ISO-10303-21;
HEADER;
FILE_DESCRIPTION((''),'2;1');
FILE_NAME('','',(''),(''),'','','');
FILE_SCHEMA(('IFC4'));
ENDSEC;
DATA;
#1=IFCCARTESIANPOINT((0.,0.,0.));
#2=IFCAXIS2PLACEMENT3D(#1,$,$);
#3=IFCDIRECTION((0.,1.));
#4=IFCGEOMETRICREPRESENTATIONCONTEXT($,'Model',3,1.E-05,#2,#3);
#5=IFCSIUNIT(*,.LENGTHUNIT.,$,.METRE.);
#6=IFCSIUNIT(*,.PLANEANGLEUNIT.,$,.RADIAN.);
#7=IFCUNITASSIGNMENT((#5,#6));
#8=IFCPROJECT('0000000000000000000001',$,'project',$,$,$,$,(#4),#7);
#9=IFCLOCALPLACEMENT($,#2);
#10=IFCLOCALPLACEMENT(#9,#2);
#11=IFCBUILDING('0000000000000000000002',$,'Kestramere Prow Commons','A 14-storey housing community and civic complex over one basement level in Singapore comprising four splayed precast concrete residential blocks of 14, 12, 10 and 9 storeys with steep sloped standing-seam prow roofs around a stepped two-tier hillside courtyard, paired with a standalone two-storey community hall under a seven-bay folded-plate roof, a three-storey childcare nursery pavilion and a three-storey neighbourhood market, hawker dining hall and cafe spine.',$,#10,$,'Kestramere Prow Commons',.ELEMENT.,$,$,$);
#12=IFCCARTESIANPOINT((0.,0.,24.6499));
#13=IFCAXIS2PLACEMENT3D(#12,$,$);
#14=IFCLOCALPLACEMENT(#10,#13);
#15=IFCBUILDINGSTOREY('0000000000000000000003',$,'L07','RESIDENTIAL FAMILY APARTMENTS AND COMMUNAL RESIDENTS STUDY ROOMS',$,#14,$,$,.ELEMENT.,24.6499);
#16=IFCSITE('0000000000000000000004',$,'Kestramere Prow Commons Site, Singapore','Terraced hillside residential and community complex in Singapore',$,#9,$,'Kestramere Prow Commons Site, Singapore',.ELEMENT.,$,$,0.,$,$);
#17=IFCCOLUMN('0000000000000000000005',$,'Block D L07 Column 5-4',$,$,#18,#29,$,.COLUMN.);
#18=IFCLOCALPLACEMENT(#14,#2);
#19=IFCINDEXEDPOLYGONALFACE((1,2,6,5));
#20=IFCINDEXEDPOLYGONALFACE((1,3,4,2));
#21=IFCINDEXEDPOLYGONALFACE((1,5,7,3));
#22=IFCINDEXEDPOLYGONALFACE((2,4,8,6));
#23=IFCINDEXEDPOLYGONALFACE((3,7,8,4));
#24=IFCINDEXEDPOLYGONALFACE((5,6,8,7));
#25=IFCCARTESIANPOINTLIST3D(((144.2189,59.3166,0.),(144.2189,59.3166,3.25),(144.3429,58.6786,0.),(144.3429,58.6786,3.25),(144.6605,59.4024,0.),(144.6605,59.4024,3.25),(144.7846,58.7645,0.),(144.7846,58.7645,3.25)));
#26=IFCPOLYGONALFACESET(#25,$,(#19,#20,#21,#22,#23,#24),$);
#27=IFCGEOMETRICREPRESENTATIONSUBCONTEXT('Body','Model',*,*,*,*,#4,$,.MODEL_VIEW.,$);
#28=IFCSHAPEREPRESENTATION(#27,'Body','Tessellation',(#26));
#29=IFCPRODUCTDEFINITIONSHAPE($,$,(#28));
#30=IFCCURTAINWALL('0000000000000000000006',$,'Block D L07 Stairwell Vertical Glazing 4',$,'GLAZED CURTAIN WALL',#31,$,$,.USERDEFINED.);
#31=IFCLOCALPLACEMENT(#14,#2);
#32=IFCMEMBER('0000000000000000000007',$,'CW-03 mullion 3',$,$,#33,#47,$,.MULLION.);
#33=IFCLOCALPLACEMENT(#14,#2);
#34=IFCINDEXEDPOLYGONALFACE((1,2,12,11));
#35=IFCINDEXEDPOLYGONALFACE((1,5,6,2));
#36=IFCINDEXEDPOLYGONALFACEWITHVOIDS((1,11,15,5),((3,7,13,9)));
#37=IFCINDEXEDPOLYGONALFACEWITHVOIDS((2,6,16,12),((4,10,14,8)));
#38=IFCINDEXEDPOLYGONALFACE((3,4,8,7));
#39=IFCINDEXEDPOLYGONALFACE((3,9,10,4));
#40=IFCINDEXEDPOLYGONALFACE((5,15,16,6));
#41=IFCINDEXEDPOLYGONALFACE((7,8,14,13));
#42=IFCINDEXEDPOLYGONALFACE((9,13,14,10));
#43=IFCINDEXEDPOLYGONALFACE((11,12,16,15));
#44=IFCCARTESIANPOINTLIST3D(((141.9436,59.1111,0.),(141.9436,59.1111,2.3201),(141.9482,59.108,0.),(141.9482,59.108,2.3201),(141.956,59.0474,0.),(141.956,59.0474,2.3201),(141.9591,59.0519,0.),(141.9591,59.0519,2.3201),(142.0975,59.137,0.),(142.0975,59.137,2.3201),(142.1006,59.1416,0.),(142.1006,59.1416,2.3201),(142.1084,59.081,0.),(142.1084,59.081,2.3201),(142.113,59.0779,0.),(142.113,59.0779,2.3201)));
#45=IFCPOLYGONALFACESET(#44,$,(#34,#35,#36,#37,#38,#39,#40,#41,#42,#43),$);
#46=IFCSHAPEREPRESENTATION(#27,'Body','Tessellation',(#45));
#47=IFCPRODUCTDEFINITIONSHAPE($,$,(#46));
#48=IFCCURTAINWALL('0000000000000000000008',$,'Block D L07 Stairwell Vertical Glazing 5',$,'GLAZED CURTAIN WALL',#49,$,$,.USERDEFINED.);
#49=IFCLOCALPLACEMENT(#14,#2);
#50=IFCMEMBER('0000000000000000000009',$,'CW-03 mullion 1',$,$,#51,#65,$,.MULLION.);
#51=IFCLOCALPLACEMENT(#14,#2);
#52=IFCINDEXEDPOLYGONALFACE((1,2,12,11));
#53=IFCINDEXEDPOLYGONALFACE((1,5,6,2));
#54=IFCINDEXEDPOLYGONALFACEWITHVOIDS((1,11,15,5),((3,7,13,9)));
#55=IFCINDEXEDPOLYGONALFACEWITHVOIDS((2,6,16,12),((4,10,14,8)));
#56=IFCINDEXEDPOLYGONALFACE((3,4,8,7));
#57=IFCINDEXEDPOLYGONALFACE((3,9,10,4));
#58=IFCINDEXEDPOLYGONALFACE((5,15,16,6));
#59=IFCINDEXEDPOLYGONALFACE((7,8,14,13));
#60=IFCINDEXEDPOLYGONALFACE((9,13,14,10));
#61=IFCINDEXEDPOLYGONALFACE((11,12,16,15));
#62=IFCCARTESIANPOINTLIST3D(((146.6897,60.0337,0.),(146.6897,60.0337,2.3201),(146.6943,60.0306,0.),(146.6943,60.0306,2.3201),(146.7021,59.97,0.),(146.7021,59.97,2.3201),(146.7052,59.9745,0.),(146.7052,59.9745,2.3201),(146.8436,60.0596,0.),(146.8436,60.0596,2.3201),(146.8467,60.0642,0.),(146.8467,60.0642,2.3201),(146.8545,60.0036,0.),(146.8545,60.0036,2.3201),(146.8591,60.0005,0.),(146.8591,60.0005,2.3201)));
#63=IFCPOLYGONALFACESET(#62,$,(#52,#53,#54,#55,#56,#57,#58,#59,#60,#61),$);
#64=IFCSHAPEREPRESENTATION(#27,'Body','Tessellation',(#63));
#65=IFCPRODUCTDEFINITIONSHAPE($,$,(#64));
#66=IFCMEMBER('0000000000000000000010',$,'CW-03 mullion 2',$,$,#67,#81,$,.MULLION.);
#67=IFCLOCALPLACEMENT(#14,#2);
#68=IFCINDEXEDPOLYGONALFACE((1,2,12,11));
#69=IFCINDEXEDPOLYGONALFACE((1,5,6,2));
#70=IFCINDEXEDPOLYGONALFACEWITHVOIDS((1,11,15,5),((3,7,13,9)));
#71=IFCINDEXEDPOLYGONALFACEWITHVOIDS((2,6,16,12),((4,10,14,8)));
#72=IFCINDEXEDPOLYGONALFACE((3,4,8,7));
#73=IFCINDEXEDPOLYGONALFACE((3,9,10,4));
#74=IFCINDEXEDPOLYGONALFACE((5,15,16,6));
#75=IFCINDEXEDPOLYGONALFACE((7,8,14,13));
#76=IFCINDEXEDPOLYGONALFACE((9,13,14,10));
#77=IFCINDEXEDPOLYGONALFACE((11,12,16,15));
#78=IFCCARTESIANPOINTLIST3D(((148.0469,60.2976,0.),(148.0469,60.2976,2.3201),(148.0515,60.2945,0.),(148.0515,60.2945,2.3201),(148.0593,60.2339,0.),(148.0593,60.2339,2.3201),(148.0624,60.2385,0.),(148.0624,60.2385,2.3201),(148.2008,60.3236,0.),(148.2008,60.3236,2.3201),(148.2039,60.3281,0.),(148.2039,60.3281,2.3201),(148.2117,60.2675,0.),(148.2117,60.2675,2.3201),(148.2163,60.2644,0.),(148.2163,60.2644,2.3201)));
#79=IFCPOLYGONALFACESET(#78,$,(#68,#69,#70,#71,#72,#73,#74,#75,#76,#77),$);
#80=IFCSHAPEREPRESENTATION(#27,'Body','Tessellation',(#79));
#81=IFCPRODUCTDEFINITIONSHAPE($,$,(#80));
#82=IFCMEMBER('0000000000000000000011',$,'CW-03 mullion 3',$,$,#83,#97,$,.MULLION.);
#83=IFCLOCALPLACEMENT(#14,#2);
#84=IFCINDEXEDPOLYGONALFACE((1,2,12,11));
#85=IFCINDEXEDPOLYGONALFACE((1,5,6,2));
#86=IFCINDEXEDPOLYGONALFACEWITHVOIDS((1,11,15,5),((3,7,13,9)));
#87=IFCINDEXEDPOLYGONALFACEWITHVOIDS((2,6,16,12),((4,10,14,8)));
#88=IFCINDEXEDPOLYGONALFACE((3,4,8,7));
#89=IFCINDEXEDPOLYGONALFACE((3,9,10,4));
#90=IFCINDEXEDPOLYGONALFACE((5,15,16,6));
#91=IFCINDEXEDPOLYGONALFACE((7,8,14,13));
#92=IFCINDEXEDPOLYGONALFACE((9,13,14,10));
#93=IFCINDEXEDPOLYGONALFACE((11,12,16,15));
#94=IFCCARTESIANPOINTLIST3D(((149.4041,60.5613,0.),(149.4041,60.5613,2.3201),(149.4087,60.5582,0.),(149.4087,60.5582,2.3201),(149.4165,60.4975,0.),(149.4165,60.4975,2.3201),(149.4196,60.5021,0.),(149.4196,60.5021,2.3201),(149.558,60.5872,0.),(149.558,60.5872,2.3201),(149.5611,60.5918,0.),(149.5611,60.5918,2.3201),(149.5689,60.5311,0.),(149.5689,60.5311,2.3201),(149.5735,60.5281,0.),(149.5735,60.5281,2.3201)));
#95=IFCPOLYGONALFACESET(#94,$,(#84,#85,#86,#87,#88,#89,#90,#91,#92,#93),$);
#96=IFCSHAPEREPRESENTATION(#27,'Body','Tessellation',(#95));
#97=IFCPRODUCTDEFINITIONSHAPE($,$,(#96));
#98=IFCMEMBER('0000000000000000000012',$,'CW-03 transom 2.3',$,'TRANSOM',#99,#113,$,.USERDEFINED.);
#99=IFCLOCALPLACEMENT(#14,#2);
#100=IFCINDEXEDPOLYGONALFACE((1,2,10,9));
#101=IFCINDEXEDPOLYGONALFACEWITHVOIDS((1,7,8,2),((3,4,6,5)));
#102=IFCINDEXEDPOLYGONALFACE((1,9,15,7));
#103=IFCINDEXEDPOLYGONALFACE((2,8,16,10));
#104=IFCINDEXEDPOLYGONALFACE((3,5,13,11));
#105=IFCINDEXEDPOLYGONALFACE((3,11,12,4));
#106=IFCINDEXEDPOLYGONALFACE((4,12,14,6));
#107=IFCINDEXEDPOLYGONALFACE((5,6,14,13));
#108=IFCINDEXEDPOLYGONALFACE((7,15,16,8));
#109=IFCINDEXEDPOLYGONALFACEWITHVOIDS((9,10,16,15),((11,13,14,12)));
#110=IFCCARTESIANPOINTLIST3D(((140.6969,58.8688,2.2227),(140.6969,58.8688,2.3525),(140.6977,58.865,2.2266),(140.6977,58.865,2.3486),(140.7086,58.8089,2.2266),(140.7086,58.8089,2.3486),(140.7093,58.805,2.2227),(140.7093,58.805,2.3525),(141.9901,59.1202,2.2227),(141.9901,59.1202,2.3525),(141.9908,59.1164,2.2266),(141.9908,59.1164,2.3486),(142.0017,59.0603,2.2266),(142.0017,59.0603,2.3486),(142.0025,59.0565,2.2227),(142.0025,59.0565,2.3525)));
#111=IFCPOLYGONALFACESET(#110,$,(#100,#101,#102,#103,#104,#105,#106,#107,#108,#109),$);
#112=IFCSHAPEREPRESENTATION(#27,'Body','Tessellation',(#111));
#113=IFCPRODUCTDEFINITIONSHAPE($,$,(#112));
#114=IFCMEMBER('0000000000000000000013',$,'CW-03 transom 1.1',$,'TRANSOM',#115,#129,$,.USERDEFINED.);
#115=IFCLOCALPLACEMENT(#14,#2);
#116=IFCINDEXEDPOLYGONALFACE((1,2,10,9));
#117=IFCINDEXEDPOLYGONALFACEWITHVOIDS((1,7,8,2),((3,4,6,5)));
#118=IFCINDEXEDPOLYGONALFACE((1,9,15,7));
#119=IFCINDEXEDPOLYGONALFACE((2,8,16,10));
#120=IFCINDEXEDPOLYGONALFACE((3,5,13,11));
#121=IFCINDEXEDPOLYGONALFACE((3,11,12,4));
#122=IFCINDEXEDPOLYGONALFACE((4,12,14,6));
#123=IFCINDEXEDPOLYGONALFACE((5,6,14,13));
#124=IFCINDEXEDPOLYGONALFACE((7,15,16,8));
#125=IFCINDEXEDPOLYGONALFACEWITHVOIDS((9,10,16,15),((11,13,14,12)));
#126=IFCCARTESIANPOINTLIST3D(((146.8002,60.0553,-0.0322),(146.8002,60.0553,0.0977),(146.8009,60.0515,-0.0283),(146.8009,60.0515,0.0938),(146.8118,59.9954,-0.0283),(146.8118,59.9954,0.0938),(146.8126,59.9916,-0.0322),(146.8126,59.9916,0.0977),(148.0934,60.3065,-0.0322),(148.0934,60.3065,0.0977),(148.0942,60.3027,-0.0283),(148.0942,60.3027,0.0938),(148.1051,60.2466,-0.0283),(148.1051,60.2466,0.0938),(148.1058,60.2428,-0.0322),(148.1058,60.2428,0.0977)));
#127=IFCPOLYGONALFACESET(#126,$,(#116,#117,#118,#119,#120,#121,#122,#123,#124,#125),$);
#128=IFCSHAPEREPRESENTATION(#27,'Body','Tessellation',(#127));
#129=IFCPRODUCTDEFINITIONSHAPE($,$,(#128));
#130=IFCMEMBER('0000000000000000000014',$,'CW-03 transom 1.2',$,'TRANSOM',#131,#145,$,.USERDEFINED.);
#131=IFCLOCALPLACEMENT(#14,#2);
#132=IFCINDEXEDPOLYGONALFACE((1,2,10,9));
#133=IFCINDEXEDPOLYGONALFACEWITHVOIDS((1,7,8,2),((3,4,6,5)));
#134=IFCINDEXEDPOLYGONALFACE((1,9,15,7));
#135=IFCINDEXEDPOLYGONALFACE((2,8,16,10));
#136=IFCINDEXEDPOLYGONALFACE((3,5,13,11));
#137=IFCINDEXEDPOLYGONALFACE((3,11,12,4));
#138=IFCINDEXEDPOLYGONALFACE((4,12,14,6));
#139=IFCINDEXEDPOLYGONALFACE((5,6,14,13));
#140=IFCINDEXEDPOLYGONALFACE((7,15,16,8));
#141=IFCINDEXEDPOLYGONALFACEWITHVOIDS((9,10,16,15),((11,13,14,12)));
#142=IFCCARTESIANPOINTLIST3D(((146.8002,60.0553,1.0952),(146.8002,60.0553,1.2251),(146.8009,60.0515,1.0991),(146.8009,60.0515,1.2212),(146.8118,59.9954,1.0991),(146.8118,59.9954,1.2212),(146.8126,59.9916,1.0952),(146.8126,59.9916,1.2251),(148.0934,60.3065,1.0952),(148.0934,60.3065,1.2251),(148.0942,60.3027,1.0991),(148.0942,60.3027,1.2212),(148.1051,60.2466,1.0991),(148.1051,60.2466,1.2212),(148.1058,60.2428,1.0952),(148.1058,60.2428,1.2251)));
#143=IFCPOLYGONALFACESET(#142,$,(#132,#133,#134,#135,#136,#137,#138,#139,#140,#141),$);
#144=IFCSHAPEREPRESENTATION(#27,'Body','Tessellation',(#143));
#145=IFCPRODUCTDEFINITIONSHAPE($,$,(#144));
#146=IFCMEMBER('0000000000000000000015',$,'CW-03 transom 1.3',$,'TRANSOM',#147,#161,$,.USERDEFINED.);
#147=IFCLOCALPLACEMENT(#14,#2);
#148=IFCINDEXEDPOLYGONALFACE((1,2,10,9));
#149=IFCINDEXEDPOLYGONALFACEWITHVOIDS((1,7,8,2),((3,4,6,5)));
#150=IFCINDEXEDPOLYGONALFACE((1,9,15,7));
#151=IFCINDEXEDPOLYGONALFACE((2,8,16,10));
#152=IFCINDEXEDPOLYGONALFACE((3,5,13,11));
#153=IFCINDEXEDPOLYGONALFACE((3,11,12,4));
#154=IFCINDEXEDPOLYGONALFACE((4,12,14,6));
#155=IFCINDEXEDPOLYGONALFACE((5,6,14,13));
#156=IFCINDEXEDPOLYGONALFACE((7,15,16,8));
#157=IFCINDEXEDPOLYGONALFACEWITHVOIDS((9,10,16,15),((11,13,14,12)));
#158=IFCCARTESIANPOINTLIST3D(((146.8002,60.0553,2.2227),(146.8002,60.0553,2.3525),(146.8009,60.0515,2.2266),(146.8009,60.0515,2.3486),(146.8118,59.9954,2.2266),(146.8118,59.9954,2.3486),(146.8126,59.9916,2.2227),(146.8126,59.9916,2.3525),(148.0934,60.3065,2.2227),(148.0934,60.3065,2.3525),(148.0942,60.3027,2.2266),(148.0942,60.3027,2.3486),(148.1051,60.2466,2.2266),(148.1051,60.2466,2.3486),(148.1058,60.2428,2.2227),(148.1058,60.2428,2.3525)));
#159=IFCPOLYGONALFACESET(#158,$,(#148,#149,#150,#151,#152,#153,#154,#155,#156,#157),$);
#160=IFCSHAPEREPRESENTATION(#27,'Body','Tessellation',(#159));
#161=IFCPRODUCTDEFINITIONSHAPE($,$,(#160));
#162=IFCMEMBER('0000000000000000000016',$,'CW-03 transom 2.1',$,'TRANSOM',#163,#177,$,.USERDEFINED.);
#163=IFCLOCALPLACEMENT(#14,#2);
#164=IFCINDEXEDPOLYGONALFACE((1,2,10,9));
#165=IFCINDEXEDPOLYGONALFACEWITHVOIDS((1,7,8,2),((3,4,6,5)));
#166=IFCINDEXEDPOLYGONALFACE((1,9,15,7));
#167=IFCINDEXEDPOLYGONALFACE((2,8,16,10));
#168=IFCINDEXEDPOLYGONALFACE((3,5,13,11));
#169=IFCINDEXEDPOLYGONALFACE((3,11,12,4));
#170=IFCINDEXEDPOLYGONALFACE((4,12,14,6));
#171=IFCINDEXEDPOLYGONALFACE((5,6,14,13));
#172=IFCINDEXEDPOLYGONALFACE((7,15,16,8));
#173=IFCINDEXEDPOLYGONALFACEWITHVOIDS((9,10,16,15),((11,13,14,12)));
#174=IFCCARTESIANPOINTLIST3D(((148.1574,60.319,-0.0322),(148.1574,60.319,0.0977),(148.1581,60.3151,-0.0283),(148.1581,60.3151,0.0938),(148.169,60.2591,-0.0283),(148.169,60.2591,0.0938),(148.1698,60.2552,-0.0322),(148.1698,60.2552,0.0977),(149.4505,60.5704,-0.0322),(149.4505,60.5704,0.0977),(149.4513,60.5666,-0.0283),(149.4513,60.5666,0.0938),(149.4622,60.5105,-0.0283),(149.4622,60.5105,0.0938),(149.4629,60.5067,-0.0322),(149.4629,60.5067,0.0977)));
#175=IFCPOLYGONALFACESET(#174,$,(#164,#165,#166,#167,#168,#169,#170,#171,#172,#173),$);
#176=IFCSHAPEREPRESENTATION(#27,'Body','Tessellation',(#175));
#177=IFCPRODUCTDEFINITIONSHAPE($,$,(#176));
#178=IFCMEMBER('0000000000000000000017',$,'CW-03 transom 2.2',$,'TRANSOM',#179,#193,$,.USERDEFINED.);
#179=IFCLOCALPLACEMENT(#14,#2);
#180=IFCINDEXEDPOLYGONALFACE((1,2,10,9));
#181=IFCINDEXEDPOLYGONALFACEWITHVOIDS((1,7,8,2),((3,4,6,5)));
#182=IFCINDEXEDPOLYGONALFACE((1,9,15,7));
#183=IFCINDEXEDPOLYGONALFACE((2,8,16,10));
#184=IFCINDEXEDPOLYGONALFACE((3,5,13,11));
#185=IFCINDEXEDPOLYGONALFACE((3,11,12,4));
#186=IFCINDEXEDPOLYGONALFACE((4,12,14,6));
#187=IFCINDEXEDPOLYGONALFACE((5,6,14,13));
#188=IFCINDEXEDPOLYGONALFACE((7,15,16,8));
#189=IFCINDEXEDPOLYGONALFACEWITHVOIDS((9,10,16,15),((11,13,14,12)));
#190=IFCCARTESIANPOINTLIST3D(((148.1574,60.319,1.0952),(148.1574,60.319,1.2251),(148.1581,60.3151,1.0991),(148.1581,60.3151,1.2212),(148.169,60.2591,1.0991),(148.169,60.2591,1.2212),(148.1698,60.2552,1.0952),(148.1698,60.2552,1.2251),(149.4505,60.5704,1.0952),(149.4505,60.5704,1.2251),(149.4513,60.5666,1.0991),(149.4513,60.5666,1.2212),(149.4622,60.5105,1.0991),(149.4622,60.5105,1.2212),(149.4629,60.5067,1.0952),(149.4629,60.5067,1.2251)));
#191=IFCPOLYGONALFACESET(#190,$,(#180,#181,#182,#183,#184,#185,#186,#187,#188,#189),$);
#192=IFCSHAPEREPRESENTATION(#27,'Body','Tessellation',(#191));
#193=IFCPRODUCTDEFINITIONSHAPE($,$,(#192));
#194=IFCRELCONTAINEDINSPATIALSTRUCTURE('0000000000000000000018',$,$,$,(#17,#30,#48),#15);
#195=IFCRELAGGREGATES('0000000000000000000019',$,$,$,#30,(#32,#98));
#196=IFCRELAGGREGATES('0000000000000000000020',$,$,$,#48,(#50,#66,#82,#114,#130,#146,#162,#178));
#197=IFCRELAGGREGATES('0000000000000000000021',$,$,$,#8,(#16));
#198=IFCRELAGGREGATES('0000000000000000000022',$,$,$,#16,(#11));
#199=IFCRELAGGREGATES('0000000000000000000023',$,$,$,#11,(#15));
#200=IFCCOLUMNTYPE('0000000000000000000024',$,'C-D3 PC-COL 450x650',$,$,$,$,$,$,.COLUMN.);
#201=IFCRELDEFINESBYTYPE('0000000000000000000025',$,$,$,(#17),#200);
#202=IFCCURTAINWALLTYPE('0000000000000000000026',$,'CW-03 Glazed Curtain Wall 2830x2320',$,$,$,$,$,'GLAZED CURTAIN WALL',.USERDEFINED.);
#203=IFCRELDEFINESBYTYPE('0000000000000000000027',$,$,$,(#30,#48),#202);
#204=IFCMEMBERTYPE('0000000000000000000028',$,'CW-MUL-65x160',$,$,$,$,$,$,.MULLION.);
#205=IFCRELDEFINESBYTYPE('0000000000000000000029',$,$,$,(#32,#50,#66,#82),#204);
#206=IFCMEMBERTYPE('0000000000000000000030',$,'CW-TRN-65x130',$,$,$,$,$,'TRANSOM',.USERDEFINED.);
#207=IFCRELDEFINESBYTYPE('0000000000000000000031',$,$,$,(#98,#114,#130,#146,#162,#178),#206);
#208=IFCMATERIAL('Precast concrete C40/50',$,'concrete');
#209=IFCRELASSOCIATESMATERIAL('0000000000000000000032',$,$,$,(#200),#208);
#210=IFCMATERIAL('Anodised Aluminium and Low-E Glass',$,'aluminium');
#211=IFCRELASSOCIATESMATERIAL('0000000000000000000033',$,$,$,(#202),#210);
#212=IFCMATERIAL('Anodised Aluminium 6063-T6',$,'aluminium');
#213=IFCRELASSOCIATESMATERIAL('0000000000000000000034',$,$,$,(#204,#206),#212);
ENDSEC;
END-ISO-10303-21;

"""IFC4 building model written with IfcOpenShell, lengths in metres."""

from ifc_helpers import new_model, si_unit, direction, frame, origin, origin_2d, place, context, subcontext, project, spatial, rectangle, hollow_rectangle, extrude, material, material_profile, profile_set, type_object, element, aggregate, save


model = new_model("IFC4")

# Units and contexts
model_context = context("Model", 3, precision=1e-05, world=origin(), true_north=direction((0.0, 1.0)))
body_context = subcontext(model_context, "Body", "Model", "MODEL_VIEW")
ifc_project = project(units=[si_unit("LENGTHUNIT", "METRE"), si_unit("PLANEANGLEUNIT", "RADIAN")], contexts=[model_context])

# Site, building, storey
site_placement = place(None, origin())
site = spatial("IfcSite", under=ifc_project, at=site_placement, Name="Kestramere Prow Commons Site, Singapore", Description="Terraced hillside residential and community complex in Singapore", LongName="Kestramere Prow Commons Site, Singapore", CompositionType="ELEMENT", RefElevation=0.0)
building_placement = place(site_placement, origin())
building = spatial("IfcBuilding", under=site, at=building_placement, Name="Kestramere Prow Commons", Description="A 14-storey housing community and civic complex over one basement level in Singapore comprising four splayed precast concrete residential blocks of 14, 12, 10 and 9 storeys with steep sloped standing-seam prow roofs around a stepped two-tier hillside courtyard, paired with a standalone two-storey community hall under a seven-bay folded-plate roof, a three-storey childcare nursery pavilion and a three-storey neighbourhood market, hawker dining hall and cafe spine.", LongName="Kestramere Prow Commons", CompositionType="ELEMENT")
storey_placement = place(building_placement, frame((0.0, 0.0, 24.6499)))
storey = spatial("IfcBuildingStorey", under=building, at=storey_placement, Name="L07", Description="RESIDENTIAL FAMILY APARTMENTS AND COMMUNAL RESIDENTS STUDY ROOMS", CompositionType="ELEMENT", Elevation=24.6499)

# Column
ifc_material_1 = material(Name="Precast concrete C40/50", Category="concrete")
ifc_material_profile_1 = material_profile(ifc_material_1, rectangle(XDim=0.45, YDim=0.6499, at=origin_2d()), Name="PC-COL 450x650")
ifc_profile_set_1 = profile_set([ifc_material_profile_1], Name="Precast concrete C40/50")
column_type = type_object("IfcColumnType", Name="C-D3 PC-COL 450x650", PredefinedType="COLUMN", material=ifc_profile_set_1)
column_placement = place(storey_placement, frame((144.5017, 59.0405, 0.0), z_axis=(0.0, 0.0, 1.0), x_axis=(0.981627, 0.190809, 0.0)))
element("IfcColumn", 1, at=column_placement, inside=storey, type_object=column_type, Name="Block D L07 Column 5-4", PredefinedType="COLUMN", context=body_context, shape_type="SweptSolid", body=[
    extrude(rectangle(XDim=0.45, YDim=0.6499, at=origin_2d()), origin(), (0.0, 0.0, 1.0), 3.25),
])

# Curtain wall, member
ifc_material_2 = material(Name="Anodised Aluminium and Low-E Glass", Category="aluminium")
curtain_wall_type = type_object("IfcCurtainWallType", Name="CW-03 Glazed Curtain Wall 2830x2320", ElementType="GLAZED CURTAIN WALL", PredefinedType="USERDEFINED", material=ifc_material_2)
curtain_wall_1_placement = place(storey_placement, origin())
curtain_wall_1 = element("IfcCurtainWall", 2, at=curtain_wall_1_placement, inside=storey, type_object=curtain_wall_type, Name="Block D L07 Stairwell Vertical Glazing 4", ObjectType="GLAZED CURTAIN WALL", PredefinedType="USERDEFINED")
ifc_material_3 = material(Name="Anodised Aluminium 6063-T6", Category="aluminium")
ifc_material_profile_2 = material_profile(ifc_material_3, hollow_rectangle(XDim=0.0649, YDim=0.1599, WallThickness=0.0039, at=origin_2d()), Name="ALU-MUL 65x160")
ifc_profile_set_2 = profile_set([ifc_material_profile_2], Name="Anodised Aluminium 6063-T6")
member_type_1 = type_object("IfcMemberType", Name="CW-MUL-65x160", PredefinedType="MULLION", material=ifc_profile_set_2)
member_1_placement = place(storey_placement, frame((142.0283, 59.0945, 0.0), z_axis=(0.0, 0.0, 1.0), x_axis=(-0.190809, 0.981627, 0.0)))
member_1 = element("IfcMember", 3, at=member_1_placement, type_object=member_type_1, Name="CW-03 mullion 3", PredefinedType="MULLION", context=body_context, shape_type="SweptSolid", body=[
    extrude(hollow_rectangle(XDim=0.0649, YDim=0.1599, WallThickness=0.0039, at=origin_2d()), origin(), (0.0, 0.0, 1.0), 2.3201),
])

# Curtain wall, members
curtain_wall_2_placement = place(storey_placement, origin())
curtain_wall_2 = element("IfcCurtainWall", 4, at=curtain_wall_2_placement, inside=storey, type_object=curtain_wall_type, Name="Block D L07 Stairwell Vertical Glazing 5", ObjectType="GLAZED CURTAIN WALL", PredefinedType="USERDEFINED")
member_2_placement = place(storey_placement, frame((146.7744, 60.0171, 0.0), z_axis=(0.0, 0.0, 1.0), x_axis=(-0.190809, 0.981627, 0.0)))
member_2 = element("IfcMember", 5, at=member_2_placement, type_object=member_type_1, Name="CW-03 mullion 1", PredefinedType="MULLION", context=body_context, shape_type="SweptSolid", body=[
    extrude(hollow_rectangle(XDim=0.0649, YDim=0.1599, WallThickness=0.0039, at=origin_2d()), origin(), (0.0, 0.0, 1.0), 2.3201),
])
member_3_placement = place(storey_placement, frame((148.1316, 60.281, 0.0), z_axis=(0.0, 0.0, 1.0), x_axis=(-0.190809, 0.981627, 0.0)))
member_3 = element("IfcMember", 6, at=member_3_placement, type_object=member_type_1, Name="CW-03 mullion 2", PredefinedType="MULLION", context=body_context, shape_type="SweptSolid", body=[
    extrude(hollow_rectangle(XDim=0.0649, YDim=0.1599, WallThickness=0.0039, at=origin_2d()), origin(), (0.0, 0.0, 1.0), 2.3201),
])
member_4_placement = place(storey_placement, frame((149.4888, 60.5447, 0.0), z_axis=(0.0, 0.0, 1.0), x_axis=(-0.190809, 0.981627, 0.0)))
member_4 = element("IfcMember", 7, at=member_4_placement, type_object=member_type_1, Name="CW-03 mullion 3", PredefinedType="MULLION", context=body_context, shape_type="SweptSolid", body=[
    extrude(hollow_rectangle(XDim=0.0649, YDim=0.1599, WallThickness=0.0039, at=origin_2d()), origin(), (0.0, 0.0, 1.0), 2.3201),
])

# Members
ifc_material_profile_3 = material_profile(ifc_material_3, hollow_rectangle(XDim=0.0649, YDim=0.1299, WallThickness=0.0039, at=origin_2d()), Name="ALU-TRN 65x130")
ifc_profile_set_3 = profile_set([ifc_material_profile_3], Name="Anodised Aluminium 6063-T6")
member_type_2 = type_object("IfcMemberType", Name="CW-TRN-65x130", ElementType="TRANSOM", PredefinedType="USERDEFINED", material=ifc_profile_set_3)
member_5_placement = place(storey_placement, frame((140.7031, 58.8369, 2.2876), z_axis=(0.981614, 0.190875, 0.0), x_axis=(-0.190875, 0.981614, 0.0)))
member_5 = element("IfcMember", 8, at=member_5_placement, type_object=member_type_2, Name="CW-03 transom 2.3", ObjectType="TRANSOM", PredefinedType="USERDEFINED", context=body_context, shape_type="SweptSolid", body=[
    extrude(hollow_rectangle(XDim=0.0649, YDim=0.1299, WallThickness=0.0039, at=origin_2d()), origin(), (0.0, 0.0, 1.0), 1.3174),
])
member_6_placement = place(storey_placement, frame((146.8064, 60.0234, 0.0327), z_axis=(0.981649, 0.190696, 0.0), x_axis=(-0.190696, 0.981649, 0.0)))
member_6 = element("IfcMember", 9, at=member_6_placement, type_object=member_type_2, Name="CW-03 transom 1.1", ObjectType="TRANSOM", PredefinedType="USERDEFINED", context=body_context, shape_type="SweptSolid", body=[
    extrude(hollow_rectangle(XDim=0.0649, YDim=0.1299, WallThickness=0.0039, at=origin_2d()), origin(), (0.0, 0.0, 1.0), 1.3174),
])
member_7_placement = place(storey_placement, frame((146.8064, 60.0234, 1.1602), z_axis=(0.981649, 0.190696, 0.0), x_axis=(-0.190696, 0.981649, 0.0)))
member_7 = element("IfcMember", 10, at=member_7_placement, type_object=member_type_2, Name="CW-03 transom 1.2", ObjectType="TRANSOM", PredefinedType="USERDEFINED", context=body_context, shape_type="SweptSolid", body=[
    extrude(hollow_rectangle(XDim=0.0649, YDim=0.1299, WallThickness=0.0039, at=origin_2d()), origin(), (0.0, 0.0, 1.0), 1.3174),
])
member_8_placement = place(storey_placement, frame((146.8064, 60.0234, 2.2876), z_axis=(0.981649, 0.190696, 0.0), x_axis=(-0.190696, 0.981649, 0.0)))
member_8 = element("IfcMember", 11, at=member_8_placement, type_object=member_type_2, Name="CW-03 transom 1.3", ObjectType="TRANSOM", PredefinedType="USERDEFINED", context=body_context, shape_type="SweptSolid", body=[
    extrude(hollow_rectangle(XDim=0.0649, YDim=0.1299, WallThickness=0.0039, at=origin_2d()), origin(), (0.0, 0.0, 1.0), 1.3174),
])
member_9_placement = place(storey_placement, frame((148.1636, 60.2871, 0.0327), z_axis=(0.981614, 0.190875, 0.0), x_axis=(-0.190875, 0.981614, 0.0)))
member_9 = element("IfcMember", 12, at=member_9_placement, type_object=member_type_2, Name="CW-03 transom 2.1", ObjectType="TRANSOM", PredefinedType="USERDEFINED", context=body_context, shape_type="SweptSolid", body=[
    extrude(hollow_rectangle(XDim=0.0649, YDim=0.1299, WallThickness=0.0039, at=origin_2d()), origin(), (0.0, 0.0, 1.0), 1.3174),
])
member_10_placement = place(storey_placement, frame((148.1636, 60.2871, 1.1602), z_axis=(0.981614, 0.190875, 0.0), x_axis=(-0.190875, 0.981614, 0.0)))
member_10 = element("IfcMember", 13, at=member_10_placement, type_object=member_type_2, Name="CW-03 transom 2.2", ObjectType="TRANSOM", PredefinedType="USERDEFINED", context=body_context, shape_type="SweptSolid", body=[
    extrude(hollow_rectangle(XDim=0.0649, YDim=0.1299, WallThickness=0.0039, at=origin_2d()), origin(), (0.0, 0.0, 1.0), 1.3174),
])

aggregate(curtain_wall_1, [member_1, member_5])
aggregate(curtain_wall_2, [member_2, member_3, member_4, member_6, member_7, member_8, member_9, member_10])

save(model, "model.ifc")
